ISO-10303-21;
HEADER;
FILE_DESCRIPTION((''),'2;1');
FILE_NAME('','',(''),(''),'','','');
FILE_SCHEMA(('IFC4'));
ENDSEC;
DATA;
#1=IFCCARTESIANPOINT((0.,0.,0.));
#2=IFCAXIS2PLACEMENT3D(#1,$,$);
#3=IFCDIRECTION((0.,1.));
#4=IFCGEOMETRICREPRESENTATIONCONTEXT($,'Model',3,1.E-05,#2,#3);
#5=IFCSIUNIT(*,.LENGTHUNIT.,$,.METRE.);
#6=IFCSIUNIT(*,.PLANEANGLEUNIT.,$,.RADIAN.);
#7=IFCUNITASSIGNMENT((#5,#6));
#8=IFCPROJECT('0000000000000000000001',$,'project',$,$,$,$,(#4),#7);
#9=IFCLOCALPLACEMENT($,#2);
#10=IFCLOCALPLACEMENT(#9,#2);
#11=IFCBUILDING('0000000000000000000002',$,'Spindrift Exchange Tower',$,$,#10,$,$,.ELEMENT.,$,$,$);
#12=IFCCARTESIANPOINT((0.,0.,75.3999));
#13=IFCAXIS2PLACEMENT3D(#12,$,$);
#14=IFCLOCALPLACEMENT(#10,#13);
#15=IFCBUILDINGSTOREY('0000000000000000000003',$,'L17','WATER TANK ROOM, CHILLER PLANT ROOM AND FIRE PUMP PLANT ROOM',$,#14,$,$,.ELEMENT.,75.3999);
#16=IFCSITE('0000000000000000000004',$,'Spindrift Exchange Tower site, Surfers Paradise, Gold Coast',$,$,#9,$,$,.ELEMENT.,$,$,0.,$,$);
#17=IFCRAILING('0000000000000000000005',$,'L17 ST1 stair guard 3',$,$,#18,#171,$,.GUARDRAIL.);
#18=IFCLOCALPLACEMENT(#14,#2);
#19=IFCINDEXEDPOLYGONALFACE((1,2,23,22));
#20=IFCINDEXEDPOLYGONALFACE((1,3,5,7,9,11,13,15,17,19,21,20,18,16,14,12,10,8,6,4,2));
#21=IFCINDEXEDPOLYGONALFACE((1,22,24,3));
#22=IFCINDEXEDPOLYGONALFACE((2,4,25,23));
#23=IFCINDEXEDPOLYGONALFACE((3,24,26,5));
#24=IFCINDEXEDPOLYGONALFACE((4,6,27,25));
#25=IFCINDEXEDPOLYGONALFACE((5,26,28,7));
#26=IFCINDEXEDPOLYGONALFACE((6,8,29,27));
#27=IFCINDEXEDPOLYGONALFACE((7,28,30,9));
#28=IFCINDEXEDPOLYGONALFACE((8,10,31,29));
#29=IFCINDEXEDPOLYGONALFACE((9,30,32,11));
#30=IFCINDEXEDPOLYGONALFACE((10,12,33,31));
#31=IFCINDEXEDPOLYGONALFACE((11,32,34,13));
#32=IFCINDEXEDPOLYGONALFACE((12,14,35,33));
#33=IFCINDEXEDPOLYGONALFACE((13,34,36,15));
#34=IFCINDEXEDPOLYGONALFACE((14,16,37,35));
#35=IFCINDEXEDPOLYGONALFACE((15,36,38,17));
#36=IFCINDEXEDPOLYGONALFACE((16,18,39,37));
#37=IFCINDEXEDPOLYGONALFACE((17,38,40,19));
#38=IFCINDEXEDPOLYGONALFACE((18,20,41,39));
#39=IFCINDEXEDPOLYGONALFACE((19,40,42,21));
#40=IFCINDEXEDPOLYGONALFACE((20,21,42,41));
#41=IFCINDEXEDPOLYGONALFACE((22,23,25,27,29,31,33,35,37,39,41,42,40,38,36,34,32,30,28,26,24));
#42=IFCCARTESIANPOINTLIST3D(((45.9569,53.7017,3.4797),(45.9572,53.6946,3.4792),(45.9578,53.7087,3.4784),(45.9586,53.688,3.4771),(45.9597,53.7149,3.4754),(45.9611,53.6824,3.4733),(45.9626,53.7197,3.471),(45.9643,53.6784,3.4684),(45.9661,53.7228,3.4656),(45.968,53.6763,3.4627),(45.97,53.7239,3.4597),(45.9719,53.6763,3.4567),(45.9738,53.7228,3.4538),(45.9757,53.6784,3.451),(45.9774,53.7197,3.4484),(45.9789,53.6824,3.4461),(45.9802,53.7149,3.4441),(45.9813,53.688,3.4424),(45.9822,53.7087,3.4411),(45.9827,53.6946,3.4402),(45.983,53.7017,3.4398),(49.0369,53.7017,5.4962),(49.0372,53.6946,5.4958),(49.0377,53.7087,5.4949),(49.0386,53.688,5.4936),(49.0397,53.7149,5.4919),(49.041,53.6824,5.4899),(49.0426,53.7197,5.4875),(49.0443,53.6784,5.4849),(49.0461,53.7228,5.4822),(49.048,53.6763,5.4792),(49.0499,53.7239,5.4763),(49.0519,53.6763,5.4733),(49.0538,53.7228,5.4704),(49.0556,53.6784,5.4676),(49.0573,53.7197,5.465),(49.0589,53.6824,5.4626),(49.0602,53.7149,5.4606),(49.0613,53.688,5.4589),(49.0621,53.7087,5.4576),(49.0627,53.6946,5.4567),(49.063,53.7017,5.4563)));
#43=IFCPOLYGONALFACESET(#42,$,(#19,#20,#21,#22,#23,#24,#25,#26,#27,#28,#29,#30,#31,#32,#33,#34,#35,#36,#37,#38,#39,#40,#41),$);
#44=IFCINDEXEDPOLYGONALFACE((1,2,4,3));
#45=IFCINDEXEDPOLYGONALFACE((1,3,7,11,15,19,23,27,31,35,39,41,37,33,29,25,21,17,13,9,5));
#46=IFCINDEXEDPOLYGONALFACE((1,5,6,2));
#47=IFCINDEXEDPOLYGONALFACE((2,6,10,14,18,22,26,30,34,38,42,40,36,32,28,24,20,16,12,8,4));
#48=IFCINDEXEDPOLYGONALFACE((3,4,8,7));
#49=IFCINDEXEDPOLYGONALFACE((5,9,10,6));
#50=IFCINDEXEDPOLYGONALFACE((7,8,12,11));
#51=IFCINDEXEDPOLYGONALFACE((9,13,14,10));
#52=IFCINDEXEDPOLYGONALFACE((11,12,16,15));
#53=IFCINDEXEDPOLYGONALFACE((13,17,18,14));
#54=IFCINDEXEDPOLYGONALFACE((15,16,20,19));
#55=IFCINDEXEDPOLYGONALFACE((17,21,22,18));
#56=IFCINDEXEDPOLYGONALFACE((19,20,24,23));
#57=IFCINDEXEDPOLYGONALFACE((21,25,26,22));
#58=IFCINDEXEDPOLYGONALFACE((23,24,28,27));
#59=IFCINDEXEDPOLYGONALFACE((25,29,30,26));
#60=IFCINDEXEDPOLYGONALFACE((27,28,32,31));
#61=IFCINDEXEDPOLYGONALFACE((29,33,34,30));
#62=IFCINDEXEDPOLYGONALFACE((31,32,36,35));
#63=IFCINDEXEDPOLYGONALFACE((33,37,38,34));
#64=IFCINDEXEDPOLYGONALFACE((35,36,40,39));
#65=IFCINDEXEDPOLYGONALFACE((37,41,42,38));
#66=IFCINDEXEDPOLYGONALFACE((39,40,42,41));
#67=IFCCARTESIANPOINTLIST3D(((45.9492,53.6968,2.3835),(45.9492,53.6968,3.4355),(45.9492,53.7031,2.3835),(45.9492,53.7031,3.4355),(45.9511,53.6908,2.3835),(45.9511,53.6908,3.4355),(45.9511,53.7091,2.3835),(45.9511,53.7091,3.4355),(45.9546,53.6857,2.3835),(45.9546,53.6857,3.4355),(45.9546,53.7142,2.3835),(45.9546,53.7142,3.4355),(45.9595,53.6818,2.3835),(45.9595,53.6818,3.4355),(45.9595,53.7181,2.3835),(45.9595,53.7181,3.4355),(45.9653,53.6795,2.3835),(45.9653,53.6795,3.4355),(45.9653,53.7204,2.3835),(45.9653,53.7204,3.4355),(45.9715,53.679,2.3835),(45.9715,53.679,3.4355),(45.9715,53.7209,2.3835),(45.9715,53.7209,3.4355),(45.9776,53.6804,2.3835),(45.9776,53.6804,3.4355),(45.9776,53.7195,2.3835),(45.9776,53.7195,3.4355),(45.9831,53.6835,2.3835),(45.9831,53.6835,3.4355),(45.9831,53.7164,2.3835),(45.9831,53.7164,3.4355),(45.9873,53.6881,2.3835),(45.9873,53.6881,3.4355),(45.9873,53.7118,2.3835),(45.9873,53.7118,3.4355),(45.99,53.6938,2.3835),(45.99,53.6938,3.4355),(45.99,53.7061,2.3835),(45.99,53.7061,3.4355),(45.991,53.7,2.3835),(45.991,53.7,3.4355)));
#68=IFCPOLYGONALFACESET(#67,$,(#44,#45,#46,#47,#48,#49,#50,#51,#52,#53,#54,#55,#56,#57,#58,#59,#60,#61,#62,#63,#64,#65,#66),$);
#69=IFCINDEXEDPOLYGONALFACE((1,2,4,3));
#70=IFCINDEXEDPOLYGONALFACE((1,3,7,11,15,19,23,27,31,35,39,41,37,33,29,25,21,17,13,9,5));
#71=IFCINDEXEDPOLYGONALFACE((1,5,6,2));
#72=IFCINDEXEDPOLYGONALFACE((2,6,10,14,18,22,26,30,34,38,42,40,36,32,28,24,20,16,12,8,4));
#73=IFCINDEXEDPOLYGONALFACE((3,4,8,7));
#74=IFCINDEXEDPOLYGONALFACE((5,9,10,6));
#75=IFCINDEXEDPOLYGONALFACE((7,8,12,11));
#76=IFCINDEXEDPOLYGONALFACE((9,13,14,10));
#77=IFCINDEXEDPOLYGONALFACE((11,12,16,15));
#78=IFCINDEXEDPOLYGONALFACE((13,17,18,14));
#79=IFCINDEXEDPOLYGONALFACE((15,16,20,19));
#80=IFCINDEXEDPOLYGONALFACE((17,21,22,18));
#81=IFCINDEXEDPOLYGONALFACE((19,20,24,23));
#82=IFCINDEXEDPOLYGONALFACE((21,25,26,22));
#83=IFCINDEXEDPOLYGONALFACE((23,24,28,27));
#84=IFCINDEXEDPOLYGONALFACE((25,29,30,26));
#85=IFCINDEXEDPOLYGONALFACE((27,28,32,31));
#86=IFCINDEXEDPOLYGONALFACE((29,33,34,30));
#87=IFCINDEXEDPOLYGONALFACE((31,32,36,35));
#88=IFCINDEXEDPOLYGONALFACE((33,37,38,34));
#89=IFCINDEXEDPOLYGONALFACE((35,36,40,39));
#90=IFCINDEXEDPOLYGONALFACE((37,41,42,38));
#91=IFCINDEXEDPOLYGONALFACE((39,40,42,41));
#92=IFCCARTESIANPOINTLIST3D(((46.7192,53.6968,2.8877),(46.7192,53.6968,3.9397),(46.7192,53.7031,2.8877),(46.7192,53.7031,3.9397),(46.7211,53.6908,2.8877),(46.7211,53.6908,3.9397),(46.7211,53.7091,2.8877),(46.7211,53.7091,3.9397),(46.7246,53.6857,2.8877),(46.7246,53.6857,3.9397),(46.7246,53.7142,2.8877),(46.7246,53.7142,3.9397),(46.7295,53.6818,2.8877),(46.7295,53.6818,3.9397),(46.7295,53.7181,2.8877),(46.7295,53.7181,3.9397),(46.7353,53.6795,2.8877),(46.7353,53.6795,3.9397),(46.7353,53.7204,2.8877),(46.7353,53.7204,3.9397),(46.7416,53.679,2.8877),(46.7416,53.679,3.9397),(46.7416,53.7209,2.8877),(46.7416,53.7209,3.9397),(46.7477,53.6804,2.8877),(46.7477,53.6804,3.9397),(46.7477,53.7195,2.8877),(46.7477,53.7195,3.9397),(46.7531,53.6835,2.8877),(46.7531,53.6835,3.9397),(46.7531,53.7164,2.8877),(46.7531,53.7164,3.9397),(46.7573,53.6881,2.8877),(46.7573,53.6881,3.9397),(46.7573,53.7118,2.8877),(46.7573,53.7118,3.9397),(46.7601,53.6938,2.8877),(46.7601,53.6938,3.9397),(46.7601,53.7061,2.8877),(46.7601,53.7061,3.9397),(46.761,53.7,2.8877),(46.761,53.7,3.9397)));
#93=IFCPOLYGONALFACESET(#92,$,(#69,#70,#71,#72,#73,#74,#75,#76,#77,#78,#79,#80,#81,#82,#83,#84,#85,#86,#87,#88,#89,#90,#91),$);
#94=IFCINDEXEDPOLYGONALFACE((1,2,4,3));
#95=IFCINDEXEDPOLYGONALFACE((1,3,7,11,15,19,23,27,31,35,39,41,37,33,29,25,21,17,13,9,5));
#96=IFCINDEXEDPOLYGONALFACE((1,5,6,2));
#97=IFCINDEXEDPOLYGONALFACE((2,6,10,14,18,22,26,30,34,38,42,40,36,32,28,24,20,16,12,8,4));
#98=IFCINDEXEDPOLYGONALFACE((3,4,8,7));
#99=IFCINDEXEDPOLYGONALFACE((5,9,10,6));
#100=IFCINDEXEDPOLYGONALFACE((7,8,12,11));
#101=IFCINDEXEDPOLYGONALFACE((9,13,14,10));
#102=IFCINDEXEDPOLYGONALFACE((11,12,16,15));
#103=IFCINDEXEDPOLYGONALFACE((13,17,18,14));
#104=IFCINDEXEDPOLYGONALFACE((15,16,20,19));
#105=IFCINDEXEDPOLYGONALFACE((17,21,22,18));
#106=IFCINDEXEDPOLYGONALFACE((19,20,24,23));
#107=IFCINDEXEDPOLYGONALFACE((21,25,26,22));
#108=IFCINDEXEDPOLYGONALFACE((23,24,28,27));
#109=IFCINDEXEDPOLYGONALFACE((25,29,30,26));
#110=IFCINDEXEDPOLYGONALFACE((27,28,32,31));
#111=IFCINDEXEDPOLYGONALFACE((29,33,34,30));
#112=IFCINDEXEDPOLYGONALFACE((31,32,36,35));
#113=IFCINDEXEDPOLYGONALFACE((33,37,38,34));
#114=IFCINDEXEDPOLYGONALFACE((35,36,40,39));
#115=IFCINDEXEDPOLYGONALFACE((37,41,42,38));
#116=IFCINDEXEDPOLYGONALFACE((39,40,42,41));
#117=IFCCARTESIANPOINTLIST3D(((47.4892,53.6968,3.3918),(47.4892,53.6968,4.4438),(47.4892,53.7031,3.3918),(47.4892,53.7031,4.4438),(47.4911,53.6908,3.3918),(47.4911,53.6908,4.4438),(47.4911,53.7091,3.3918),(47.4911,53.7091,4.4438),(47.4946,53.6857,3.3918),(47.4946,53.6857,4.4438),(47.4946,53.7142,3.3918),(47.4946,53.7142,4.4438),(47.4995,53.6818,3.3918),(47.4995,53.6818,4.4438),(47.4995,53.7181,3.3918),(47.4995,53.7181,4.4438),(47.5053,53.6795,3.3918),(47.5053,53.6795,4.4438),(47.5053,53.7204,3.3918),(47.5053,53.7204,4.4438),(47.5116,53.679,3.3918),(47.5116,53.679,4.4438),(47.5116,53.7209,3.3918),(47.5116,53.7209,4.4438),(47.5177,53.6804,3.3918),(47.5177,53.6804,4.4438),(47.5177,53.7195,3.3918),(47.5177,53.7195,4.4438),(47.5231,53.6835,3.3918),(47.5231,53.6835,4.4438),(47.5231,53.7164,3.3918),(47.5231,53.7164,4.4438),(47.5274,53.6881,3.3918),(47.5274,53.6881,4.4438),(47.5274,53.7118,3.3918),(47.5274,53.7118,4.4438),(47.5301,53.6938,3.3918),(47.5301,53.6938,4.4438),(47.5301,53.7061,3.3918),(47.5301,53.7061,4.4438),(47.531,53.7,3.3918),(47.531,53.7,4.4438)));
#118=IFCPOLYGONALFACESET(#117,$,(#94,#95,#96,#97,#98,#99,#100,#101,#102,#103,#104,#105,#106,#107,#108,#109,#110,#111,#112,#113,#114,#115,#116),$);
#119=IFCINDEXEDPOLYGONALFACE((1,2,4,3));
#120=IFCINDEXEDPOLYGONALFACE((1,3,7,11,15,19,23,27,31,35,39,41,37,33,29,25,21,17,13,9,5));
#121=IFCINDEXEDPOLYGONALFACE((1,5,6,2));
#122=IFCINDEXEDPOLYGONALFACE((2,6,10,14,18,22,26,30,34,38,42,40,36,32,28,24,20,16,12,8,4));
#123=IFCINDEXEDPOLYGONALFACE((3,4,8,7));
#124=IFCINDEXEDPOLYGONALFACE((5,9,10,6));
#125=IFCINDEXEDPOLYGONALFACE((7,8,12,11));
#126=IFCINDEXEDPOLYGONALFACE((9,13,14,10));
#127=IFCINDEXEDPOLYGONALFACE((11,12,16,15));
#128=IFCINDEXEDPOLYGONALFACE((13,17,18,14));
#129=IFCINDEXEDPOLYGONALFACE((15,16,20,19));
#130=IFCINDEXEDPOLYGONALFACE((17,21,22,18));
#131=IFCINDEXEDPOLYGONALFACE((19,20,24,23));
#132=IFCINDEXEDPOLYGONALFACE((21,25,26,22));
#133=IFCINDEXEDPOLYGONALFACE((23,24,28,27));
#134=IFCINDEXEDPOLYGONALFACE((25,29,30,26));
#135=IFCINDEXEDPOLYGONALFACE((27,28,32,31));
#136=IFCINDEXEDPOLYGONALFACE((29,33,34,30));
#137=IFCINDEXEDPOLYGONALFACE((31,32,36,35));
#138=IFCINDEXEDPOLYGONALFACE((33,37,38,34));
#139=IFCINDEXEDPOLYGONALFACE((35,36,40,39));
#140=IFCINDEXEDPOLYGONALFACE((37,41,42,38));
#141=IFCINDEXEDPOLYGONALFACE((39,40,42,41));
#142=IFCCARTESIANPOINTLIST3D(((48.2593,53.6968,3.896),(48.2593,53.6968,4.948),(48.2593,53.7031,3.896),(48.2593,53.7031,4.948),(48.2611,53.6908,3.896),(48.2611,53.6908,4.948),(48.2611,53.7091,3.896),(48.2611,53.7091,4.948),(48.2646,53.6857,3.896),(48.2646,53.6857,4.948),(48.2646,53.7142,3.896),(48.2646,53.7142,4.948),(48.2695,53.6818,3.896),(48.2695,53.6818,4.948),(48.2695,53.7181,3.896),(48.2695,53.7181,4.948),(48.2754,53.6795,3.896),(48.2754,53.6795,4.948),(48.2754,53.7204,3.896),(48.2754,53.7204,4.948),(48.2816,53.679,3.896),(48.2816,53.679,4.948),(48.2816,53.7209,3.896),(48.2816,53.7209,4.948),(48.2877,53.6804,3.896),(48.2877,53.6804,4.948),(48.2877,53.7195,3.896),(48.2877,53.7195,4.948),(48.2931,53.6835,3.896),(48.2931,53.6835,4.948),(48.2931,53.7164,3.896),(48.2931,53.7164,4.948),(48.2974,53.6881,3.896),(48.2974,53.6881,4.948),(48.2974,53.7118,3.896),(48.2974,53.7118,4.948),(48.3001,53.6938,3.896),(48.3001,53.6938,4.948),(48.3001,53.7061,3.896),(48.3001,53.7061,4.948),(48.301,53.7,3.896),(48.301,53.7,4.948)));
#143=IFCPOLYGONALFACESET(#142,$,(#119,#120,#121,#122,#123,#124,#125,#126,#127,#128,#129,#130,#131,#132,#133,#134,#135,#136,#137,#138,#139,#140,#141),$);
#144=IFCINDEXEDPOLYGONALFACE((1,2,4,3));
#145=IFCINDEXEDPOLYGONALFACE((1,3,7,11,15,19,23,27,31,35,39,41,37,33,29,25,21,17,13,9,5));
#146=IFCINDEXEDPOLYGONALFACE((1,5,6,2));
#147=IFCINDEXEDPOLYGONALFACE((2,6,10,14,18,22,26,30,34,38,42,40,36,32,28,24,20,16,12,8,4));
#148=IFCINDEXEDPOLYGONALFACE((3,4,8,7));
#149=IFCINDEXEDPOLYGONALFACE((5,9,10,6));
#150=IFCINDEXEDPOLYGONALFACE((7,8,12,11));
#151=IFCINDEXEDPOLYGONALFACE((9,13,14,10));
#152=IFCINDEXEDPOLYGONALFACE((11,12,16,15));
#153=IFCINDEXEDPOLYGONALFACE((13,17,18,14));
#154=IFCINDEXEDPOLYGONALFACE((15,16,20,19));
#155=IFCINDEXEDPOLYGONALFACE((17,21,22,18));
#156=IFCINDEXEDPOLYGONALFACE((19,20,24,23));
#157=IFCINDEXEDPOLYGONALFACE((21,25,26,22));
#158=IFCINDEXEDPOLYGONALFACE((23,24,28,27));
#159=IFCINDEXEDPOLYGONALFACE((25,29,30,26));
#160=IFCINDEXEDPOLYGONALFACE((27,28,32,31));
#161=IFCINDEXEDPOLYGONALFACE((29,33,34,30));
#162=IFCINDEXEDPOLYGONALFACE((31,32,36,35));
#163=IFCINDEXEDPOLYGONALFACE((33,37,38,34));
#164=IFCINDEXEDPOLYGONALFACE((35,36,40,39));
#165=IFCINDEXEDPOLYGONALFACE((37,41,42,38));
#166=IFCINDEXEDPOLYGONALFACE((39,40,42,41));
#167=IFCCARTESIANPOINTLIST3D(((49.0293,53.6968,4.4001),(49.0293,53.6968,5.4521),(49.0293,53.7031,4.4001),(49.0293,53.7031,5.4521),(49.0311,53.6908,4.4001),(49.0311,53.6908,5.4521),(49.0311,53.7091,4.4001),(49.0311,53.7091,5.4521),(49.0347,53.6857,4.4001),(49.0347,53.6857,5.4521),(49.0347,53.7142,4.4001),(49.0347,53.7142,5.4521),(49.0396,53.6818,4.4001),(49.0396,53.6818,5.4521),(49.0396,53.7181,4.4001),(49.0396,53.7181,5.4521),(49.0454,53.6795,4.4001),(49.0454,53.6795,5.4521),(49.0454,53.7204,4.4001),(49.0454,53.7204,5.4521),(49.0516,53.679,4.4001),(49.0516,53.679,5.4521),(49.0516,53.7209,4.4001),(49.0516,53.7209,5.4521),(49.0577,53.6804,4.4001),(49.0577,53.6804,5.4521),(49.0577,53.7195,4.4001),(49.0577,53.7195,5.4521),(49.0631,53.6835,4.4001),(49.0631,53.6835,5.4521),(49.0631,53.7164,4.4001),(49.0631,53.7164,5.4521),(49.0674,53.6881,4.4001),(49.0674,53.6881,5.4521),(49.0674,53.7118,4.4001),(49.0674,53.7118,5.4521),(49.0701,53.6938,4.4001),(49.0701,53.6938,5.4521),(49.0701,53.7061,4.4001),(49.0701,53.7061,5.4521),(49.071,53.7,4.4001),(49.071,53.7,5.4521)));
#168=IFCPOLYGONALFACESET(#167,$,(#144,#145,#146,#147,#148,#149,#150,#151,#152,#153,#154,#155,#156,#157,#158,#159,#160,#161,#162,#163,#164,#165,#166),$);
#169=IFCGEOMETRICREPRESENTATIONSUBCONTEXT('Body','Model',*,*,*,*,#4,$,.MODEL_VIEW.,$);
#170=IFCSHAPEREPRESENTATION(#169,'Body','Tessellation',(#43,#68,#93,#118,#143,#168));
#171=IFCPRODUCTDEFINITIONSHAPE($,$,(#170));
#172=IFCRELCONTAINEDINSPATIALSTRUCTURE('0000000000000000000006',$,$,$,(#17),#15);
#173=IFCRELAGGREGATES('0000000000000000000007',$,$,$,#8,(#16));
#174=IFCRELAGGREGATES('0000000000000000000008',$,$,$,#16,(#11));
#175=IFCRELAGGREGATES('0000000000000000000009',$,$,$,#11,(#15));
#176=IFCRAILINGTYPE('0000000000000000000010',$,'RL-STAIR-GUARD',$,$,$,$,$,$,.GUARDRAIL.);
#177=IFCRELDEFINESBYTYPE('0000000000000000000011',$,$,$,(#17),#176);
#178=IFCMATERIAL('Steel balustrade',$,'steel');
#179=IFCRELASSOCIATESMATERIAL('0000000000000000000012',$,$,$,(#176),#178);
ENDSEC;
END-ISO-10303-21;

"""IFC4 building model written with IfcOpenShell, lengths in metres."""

from ifc_helpers import new_model, si_unit, direction, frame, origin, origin_2d, place, context, subcontext, project, spatial, circle, extrude, material, type_object, element, save


model = new_model("IFC4")

# Units and contexts
model_context = context("Model", 3, precision=1e-05, world=origin(), true_north=direction((0.0, 1.0)))
body_context = subcontext(model_context, "Body", "Model", "MODEL_VIEW")
ifc_project = project(units=[si_unit("LENGTHUNIT", "METRE"), si_unit("PLANEANGLEUNIT", "RADIAN")], contexts=[model_context])

# Site, building, storey
site_placement = place(None, origin())
site = spatial("IfcSite", under=ifc_project, at=site_placement, Name="Spindrift Exchange Tower site, Surfers Paradise, Gold Coast", CompositionType="ELEMENT", RefElevation=0.0)
building_placement = place(site_placement, origin())
building = spatial("IfcBuilding", under=site, at=building_placement, Name="Spindrift Exchange Tower", CompositionType="ELEMENT")
storey_placement = place(building_placement, frame((0.0, 0.0, 75.3999)))
storey = spatial("IfcBuildingStorey", under=building, at=storey_placement, Name="L17", Description="WATER TANK ROOM, CHILLER PLANT ROOM AND FIRE PUMP PLANT ROOM", CompositionType="ELEMENT", Elevation=75.3999)

# Railing
ifc_material_1 = material(Name="Steel balustrade", Category="steel")
railing_type_1 = type_object("IfcRailingType", Name="RL-STAIR-GUARD", PredefinedType="GUARDRAIL", material=ifc_material_1)
railing_1_placement = place(storey_placement, frame((45.97, 53.7, 2.3835)))
element("IfcRailing", 1, at=railing_1_placement, inside=storey, type_object=railing_type_1, Name="L17 ST1 stair guard 3", PredefinedType="GUARDRAIL", context=body_context, shape_type="SweptSolid", body=[
    extrude(circle(Radius=0.0239, at=origin_2d()), frame((0.0, 0.0, 1.0762), z_axis=(0.836633, 0.0, 0.547764), x_axis=(0.0, 1.0, 0.0)), (0.0, 0.0, 1.0), 3.6814),
    extrude(circle(Radius=0.021, at=origin_2d()), origin(), (0.0, 0.0, 1.0), 1.052),
    extrude(circle(Radius=0.021, at=origin_2d()), frame((0.77, 0.0, 0.5042)), (0.0, 0.0, 1.0), 1.052),
    extrude(circle(Radius=0.021, at=origin_2d()), frame((1.54, 0.0, 1.0083)), (0.0, 0.0, 1.0), 1.052),
    extrude(circle(Radius=0.021, at=origin_2d()), frame((2.3101, 0.0, 1.5125)), (0.0, 0.0, 1.0), 1.052),
    extrude(circle(Radius=0.021, at=origin_2d()), frame((3.0801, 0.0, 2.0166)), (0.0, 0.0, 1.0), 1.052),
])

save(model, "model.ifc")
